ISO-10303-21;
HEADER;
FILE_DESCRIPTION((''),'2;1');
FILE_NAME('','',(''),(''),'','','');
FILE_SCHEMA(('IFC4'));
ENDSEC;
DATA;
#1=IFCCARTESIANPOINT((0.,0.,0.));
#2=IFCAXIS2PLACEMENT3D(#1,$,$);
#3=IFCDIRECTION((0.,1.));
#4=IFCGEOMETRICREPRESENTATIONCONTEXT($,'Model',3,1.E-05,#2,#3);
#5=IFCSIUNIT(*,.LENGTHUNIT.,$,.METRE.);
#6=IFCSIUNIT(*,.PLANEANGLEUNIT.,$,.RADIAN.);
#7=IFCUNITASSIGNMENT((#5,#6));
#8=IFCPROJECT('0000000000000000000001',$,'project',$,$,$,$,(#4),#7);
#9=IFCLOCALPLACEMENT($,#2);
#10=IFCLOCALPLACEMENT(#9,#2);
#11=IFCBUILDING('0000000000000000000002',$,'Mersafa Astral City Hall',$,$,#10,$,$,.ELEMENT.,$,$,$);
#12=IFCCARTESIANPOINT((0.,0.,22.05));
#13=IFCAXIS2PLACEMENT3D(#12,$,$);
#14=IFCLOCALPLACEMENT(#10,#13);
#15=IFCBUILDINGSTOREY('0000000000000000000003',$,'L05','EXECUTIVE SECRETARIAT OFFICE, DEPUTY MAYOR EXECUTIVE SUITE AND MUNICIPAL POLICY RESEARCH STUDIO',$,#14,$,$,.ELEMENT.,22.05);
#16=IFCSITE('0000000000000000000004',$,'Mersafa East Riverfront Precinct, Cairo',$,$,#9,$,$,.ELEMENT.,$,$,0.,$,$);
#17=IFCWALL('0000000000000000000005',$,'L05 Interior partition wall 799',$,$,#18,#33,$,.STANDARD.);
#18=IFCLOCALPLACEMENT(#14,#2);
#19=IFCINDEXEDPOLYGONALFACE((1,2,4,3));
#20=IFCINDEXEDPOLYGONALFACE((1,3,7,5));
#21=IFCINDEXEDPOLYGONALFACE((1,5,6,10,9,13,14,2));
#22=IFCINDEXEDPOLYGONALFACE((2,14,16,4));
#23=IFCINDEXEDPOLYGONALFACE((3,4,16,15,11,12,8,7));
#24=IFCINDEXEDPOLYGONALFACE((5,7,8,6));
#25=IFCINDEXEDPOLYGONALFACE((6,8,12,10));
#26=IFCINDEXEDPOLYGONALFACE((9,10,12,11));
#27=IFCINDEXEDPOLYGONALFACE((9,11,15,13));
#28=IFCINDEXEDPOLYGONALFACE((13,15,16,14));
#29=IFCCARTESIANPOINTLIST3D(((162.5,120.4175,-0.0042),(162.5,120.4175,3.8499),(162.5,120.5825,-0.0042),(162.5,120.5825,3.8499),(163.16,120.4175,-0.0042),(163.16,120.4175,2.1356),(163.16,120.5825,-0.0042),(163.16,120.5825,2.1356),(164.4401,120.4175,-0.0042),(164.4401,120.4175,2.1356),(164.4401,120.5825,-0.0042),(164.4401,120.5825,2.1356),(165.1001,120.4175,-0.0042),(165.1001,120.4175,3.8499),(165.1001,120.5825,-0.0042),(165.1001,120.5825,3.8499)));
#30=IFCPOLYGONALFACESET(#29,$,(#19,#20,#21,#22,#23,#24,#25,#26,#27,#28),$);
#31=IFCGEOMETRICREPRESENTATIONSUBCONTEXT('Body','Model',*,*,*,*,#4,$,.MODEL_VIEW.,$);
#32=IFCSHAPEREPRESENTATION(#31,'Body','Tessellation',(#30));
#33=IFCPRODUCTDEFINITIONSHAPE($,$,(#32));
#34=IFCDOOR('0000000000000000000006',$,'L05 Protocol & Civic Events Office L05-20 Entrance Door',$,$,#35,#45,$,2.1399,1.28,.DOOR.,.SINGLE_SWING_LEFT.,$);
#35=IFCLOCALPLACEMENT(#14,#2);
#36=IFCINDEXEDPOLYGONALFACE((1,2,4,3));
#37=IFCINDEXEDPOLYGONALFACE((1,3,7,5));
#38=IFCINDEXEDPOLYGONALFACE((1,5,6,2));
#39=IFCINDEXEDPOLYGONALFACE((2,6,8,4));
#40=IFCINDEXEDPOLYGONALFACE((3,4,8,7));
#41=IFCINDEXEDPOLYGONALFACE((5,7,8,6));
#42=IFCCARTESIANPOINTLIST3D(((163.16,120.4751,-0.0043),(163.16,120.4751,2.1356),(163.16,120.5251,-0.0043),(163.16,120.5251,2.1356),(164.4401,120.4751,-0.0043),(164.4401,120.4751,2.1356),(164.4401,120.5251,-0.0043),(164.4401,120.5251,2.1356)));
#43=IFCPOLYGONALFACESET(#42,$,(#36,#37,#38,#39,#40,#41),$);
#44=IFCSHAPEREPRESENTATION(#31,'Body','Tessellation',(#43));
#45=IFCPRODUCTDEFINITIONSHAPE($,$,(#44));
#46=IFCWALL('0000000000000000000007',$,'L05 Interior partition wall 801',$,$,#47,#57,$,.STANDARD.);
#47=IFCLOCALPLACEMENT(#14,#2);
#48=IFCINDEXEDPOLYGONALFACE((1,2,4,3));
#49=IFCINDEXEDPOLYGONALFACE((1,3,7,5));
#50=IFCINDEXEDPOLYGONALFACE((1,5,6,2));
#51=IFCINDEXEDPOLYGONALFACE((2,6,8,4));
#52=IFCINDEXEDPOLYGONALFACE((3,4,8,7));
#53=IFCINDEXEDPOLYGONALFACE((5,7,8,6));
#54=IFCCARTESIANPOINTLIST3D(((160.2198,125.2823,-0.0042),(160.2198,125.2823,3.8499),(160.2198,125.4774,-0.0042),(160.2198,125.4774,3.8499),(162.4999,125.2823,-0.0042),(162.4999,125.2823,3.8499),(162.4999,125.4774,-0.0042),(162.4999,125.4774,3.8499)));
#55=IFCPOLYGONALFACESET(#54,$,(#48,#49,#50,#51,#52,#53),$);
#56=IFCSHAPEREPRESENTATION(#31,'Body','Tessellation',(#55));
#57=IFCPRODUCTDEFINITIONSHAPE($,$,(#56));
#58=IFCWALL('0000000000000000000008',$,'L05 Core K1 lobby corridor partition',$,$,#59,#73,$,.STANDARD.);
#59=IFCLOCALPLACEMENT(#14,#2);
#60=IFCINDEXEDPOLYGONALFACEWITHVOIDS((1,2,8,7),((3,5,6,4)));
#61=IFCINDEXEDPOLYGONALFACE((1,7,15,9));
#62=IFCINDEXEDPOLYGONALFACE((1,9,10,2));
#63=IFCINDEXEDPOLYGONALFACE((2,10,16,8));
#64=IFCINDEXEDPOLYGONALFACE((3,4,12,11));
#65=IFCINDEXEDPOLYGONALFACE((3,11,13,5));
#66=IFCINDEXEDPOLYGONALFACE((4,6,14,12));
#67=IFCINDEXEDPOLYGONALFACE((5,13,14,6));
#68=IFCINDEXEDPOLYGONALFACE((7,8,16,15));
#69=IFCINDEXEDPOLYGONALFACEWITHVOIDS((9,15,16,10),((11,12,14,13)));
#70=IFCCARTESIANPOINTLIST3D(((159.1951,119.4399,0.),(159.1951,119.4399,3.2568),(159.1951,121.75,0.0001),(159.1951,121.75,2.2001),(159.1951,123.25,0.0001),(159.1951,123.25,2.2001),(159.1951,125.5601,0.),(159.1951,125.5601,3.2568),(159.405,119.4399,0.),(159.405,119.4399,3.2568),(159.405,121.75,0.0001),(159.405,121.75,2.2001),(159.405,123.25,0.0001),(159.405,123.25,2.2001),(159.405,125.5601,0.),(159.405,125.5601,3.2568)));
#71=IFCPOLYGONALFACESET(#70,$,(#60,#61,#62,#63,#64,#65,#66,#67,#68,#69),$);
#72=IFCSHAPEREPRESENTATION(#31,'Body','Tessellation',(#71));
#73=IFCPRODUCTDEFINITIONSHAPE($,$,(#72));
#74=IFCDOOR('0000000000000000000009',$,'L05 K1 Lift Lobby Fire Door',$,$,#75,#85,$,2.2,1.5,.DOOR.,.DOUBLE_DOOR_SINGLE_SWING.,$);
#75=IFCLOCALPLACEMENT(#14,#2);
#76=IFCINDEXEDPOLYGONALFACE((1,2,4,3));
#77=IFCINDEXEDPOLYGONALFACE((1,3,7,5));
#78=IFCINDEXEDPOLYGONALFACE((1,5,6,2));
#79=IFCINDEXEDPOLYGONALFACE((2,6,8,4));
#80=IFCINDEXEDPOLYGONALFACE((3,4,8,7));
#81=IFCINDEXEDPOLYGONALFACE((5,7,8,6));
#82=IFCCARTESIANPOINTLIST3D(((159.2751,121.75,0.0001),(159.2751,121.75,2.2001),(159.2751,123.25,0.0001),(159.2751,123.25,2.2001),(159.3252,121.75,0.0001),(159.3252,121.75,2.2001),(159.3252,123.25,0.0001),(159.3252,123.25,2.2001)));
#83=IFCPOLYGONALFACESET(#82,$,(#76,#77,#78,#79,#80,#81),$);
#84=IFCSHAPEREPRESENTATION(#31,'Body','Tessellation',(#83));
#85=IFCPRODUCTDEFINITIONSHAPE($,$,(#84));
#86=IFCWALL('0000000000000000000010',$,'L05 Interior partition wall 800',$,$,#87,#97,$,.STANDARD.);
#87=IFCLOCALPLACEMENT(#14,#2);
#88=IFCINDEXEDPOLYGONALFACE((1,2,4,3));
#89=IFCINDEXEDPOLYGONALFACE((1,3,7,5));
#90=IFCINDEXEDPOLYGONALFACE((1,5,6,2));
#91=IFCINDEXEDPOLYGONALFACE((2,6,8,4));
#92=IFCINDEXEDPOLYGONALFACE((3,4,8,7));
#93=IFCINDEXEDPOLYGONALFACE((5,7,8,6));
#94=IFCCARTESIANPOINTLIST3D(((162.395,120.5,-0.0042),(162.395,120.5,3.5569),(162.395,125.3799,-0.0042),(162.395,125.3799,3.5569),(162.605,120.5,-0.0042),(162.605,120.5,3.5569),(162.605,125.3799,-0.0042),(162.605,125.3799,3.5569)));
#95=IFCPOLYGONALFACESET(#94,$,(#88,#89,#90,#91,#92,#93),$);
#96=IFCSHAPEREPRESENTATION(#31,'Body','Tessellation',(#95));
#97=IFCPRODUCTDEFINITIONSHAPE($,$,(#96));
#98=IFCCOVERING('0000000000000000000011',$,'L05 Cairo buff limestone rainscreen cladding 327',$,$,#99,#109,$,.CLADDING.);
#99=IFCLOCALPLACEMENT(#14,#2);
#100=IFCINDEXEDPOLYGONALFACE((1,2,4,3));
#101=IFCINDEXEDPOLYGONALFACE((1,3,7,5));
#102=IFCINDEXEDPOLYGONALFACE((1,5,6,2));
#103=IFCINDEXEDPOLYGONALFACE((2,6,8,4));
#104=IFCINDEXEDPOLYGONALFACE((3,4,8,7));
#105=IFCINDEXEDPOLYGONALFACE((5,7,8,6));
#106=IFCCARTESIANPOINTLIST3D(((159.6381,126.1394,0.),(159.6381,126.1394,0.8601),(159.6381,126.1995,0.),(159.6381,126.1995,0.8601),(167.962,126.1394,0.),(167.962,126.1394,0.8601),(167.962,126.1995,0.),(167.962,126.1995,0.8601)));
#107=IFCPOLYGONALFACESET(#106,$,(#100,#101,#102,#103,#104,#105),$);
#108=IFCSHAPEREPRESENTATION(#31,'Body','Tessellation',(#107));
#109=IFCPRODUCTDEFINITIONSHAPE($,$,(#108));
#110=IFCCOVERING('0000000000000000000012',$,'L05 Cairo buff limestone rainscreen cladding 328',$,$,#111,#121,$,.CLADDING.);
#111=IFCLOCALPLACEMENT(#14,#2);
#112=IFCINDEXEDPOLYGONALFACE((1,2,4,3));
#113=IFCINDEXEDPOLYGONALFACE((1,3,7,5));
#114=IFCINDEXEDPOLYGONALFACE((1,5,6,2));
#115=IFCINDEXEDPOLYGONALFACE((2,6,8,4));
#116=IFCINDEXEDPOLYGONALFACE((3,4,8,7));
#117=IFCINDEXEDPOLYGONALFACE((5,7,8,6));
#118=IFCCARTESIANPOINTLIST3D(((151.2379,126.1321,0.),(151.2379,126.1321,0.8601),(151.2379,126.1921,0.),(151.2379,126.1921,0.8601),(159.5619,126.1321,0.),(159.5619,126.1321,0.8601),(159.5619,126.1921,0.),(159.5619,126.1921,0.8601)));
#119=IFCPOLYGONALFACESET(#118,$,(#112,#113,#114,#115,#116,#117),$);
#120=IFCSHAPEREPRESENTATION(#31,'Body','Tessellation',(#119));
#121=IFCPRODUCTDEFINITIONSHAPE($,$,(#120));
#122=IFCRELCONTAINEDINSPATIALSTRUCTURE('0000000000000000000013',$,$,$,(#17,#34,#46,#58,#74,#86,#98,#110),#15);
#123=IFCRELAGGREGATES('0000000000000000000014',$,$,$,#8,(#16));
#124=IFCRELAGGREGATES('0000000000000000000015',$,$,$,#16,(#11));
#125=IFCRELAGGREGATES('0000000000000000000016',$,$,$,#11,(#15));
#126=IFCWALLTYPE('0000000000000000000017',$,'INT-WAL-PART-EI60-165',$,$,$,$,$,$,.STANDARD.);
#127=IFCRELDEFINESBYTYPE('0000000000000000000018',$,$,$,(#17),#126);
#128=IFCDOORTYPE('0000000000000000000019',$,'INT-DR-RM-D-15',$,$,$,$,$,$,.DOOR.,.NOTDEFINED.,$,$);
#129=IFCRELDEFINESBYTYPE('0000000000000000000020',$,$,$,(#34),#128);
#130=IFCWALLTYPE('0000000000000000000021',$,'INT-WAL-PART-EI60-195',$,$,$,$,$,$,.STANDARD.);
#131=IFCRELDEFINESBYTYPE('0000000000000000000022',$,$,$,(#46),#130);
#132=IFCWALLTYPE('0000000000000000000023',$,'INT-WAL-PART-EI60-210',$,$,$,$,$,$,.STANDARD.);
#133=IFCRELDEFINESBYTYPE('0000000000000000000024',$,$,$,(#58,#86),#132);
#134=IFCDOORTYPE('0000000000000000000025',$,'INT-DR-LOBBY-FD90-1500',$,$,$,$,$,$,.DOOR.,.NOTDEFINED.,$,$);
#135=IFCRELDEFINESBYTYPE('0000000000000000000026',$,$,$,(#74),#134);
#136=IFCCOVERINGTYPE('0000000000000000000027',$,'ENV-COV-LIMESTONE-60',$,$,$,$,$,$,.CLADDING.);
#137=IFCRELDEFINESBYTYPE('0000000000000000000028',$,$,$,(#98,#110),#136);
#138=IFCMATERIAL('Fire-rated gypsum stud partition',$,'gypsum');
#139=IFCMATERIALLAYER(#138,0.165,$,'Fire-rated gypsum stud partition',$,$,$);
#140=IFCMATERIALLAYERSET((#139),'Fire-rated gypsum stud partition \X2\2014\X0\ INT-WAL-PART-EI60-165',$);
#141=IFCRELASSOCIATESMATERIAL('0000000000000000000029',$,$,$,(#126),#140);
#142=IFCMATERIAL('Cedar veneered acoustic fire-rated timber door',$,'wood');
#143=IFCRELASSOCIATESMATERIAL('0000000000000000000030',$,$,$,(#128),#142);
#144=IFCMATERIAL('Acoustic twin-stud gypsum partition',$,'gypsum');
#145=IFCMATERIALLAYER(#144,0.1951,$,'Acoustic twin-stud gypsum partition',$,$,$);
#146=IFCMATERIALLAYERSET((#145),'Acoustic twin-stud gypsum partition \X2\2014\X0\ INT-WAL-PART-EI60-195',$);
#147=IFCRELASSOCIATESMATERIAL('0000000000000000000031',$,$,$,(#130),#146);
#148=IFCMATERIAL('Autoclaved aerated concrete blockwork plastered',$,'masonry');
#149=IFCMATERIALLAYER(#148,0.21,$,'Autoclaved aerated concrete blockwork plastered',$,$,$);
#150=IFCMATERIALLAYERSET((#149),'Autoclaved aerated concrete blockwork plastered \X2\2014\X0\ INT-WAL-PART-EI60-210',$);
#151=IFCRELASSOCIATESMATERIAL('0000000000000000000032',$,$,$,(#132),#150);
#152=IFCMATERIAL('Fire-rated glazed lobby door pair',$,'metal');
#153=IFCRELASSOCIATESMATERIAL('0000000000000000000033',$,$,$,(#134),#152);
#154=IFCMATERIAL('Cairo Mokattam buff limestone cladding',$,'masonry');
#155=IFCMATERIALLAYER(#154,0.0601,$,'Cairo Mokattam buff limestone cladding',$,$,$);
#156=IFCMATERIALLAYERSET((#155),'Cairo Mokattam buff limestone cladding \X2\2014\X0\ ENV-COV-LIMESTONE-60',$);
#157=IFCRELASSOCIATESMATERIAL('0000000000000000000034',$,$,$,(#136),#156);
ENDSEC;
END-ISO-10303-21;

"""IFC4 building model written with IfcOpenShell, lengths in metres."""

from ifc_helpers import new_model, si_unit, direction, frame, frame_2d, origin, origin_2d, place, context, subcontext, project, spatial, rectangle, extrude, material, layer, layer_set, type_object, element, fill, save


model = new_model("IFC4")

# Units and contexts
model_context = context("Model", 3, precision=1e-05, world=origin(), true_north=direction((0.0, 1.0)))
body_context = subcontext(model_context, "Body", "Model", "MODEL_VIEW")
ifc_project = project(units=[si_unit("LENGTHUNIT", "METRE"), si_unit("PLANEANGLEUNIT", "RADIAN")], contexts=[model_context])

# Site, building, storey
site_placement = place(None, origin())
site = spatial("IfcSite", under=ifc_project, at=site_placement, Name="Mersafa East Riverfront Precinct, Cairo", CompositionType="ELEMENT", RefElevation=0.0)
building_placement = place(site_placement, origin())
building = spatial("IfcBuilding", under=site, at=building_placement, Name="Mersafa Astral City Hall", CompositionType="ELEMENT")
storey_placement = place(building_placement, frame((0.0, 0.0, 22.05)))
storey = spatial("IfcBuildingStorey", under=building, at=storey_placement, Name="L05", Description="EXECUTIVE SECRETARIAT OFFICE, DEPUTY MAYOR EXECUTIVE SUITE AND MUNICIPAL POLICY RESEARCH STUDIO", CompositionType="ELEMENT", Elevation=22.05)

# Wall, opening, door
ifc_material_1 = material(Name="Fire-rated gypsum stud partition", Category="gypsum")
ifc_layer_1 = layer(ifc_material_1, 0.165, Name="Fire-rated gypsum stud partition")
ifc_layer_set_1 = layer_set([ifc_layer_1], Name="Fire-rated gypsum stud partition — INT-WAL-PART-EI60-165")
wall_type_1 = type_object("IfcWallType", Name="INT-WAL-PART-EI60-165", PredefinedType="STANDARD", material=ifc_layer_set_1)
wall_1_placement = place(storey_placement, frame((165.1001, 120.5, -0.0042), z_axis=(0.0, 0.0, 1.0), x_axis=(-1.0, 0.0, 0.0)))
wall_1 = element("IfcWall", 1, at=wall_1_placement, inside=storey, type_object=wall_type_1, Name="L05 Interior partition wall 799", PredefinedType="STANDARD", context=body_context, shape_type="SweptSolid", body=[
    extrude(rectangle(XDim=2.6001, YDim=0.165, at=frame_2d((1.3, 0.0))), origin(), (0.0, 0.0, 1.0), 3.854),
])
opening_1_placement = place(wall_1_placement, frame((0.6599, 0.0, 0.0)))
opening_1 = element("IfcOpeningElement", 2, at=opening_1_placement, cuts=wall_1, PredefinedType="OPENING", context=body_context, shape_type="SweptSolid", body=[
    extrude(rectangle(XDim=1.28, YDim=2.1399, at=frame_2d((0.6401, 1.0698))), frame((0.0, 0.0925, 0.0), z_axis=(0.0, -1.0, 0.0), x_axis=(1.0, 0.0, 0.0)), (0.0, 0.0, 1.0), 0.1851),
])
ifc_material_2 = material(Name="Cedar veneered acoustic fire-rated timber door", Category="wood")
door_type_1 = type_object("IfcDoorType", Name="INT-DR-RM-D-15", OperationType="NOTDEFINED", PredefinedType="DOOR", material=ifc_material_2)
door_1_placement = place(opening_1_placement, origin())
door_1 = element("IfcDoor", 3, at=door_1_placement, inside=storey, type_object=door_type_1, Name="L05 Protocol & Civic Events Office L05-20 Entrance Door", OperationType="SINGLE_SWING_LEFT", OverallHeight=2.1399, OverallWidth=1.28, PredefinedType="DOOR", context=body_context, shape_type="SweptSolid", body=[
    extrude(rectangle(XDim=1.28, YDim=2.1399, at=frame_2d((0.6401, 1.0698))), frame((0.0, 0.0249, 0.0), z_axis=(0.0, -1.0, 0.0), x_axis=(1.0, 0.0, 0.0)), (0.0, 0.0, 1.0), 0.05),
])
fill(opening_1, door_1)

# Wall
ifc_material_3 = material(Name="Acoustic twin-stud gypsum partition", Category="gypsum")
ifc_layer_2 = layer(ifc_material_3, 0.1951, Name="Acoustic twin-stud gypsum partition")
ifc_layer_set_2 = layer_set([ifc_layer_2], Name="Acoustic twin-stud gypsum partition — INT-WAL-PART-EI60-195")
wall_type_2 = type_object("IfcWallType", Name="INT-WAL-PART-EI60-195", PredefinedType="STANDARD", material=ifc_layer_set_2)
wall_2_placement = place(storey_placement, frame((162.5, 125.3799, -0.0042), z_axis=(0.0, 0.0, 1.0), x_axis=(-1.0, 0.0, 0.0)))
element("IfcWall", 4, at=wall_2_placement, inside=storey, type_object=wall_type_2, Name="L05 Interior partition wall 801", PredefinedType="STANDARD", context=body_context, shape_type="SweptSolid", body=[
    extrude(rectangle(XDim=2.28, YDim=0.1951, at=frame_2d((1.1401, 0.0))), origin(), (0.0, 0.0, 1.0), 3.854),
])

# Wall, opening, door
ifc_material_4 = material(Name="Autoclaved aerated concrete blockwork plastered", Category="masonry")
ifc_layer_3 = layer(ifc_material_4, 0.21, Name="Autoclaved aerated concrete blockwork plastered")
ifc_layer_set_3 = layer_set([ifc_layer_3], Name="Autoclaved aerated concrete blockwork plastered — INT-WAL-PART-EI60-210")
wall_type_3 = type_object("IfcWallType", Name="INT-WAL-PART-EI60-210", PredefinedType="STANDARD", material=ifc_layer_set_3)
wall_3_placement = place(storey_placement, frame((159.3, 119.4399, 0.0), z_axis=(0.0, 0.0, 1.0), x_axis=(0.0, 1.0, 0.0)))
wall_3 = element("IfcWall", 5, at=wall_3_placement, inside=storey, type_object=wall_type_3, Name="L05 Core K1 lobby corridor partition", PredefinedType="STANDARD", context=body_context, shape_type="SweptSolid", body=[
    extrude(rectangle(XDim=6.1201, YDim=0.21, at=frame_2d((3.0601, 0.0))), origin(), (0.0, 0.0, 1.0), 3.2568),
])
opening_2_placement = place(wall_3_placement, frame((2.3101, 0.0, 0.0)))
opening_2 = element("IfcOpeningElement", 6, at=opening_2_placement, cuts=wall_3, PredefinedType="OPENING", context=body_context, shape_type="SweptSolid", body=[
    extrude(rectangle(XDim=1.5, YDim=2.2, at=frame_2d((0.75, 1.1001))), frame((0.0, 0.115, 0.0), z_axis=(0.0, -1.0, 0.0), x_axis=(1.0, 0.0, 0.0)), (0.0, 0.0, 1.0), 0.23),
])
ifc_material_5 = material(Name="Fire-rated glazed lobby door pair", Category="metal")
door_type_2 = type_object("IfcDoorType", Name="INT-DR-LOBBY-FD90-1500", OperationType="NOTDEFINED", PredefinedType="DOOR", material=ifc_material_5)
door_2_placement = place(opening_2_placement, origin())
door_2 = element("IfcDoor", 7, at=door_2_placement, inside=storey, type_object=door_type_2, Name="L05 K1 Lift Lobby Fire Door", OperationType="DOUBLE_DOOR_SINGLE_SWING", OverallHeight=2.2, OverallWidth=1.5, PredefinedType="DOOR", context=body_context, shape_type="SweptSolid", body=[
    extrude(rectangle(XDim=1.5, YDim=2.2, at=frame_2d((0.75, 1.1001))), frame((0.0, 0.0249, 0.0), z_axis=(0.0, -1.0, 0.0), x_axis=(1.0, 0.0, 0.0)), (0.0, 0.0, 1.0), 0.05),
])
fill(opening_2, door_2)

# Wall
wall_4_placement = place(storey_placement, frame((162.5, 120.5, -0.0042), z_axis=(0.0, 0.0, 1.0), x_axis=(0.0, 1.0, 0.0)))
element("IfcWall", 8, at=wall_4_placement, inside=storey, type_object=wall_type_3, Name="L05 Interior partition wall 800", PredefinedType="STANDARD", context=body_context, shape_type="SweptSolid", body=[
    extrude(rectangle(XDim=4.8799, YDim=0.21, at=frame_2d((2.4399, 0.0))), origin(), (0.0, 0.0, 1.0), 3.561),
])

# Coverings
ifc_material_6 = material(Name="Cairo Mokattam buff limestone cladding", Category="masonry")
ifc_layer_4 = layer(ifc_material_6, 0.0601, Name="Cairo Mokattam buff limestone cladding")
ifc_layer_set_4 = layer_set([ifc_layer_4], Name="Cairo Mokattam buff limestone cladding — ENV-COV-LIMESTONE-60")
covering_type = type_object("IfcCoveringType", Name="ENV-COV-LIMESTONE-60", PredefinedType="CLADDING", material=ifc_layer_set_4)
for number, where, z_axis, x_axis, name in (
    (9, (163.8, 126.1694, 0.0), (0.0, 0.0, 1.0), (-1.0, 0.0, 0.0), "L05 Cairo buff limestone rainscreen cladding 327"),
    (10, (155.3999, 126.1621, 0.0), (0.0, 0.0, 1.0), (-1.0, 0.0, 0.0), "L05 Cairo buff limestone rainscreen cladding 328"),
):
    element("IfcCovering", number, at=place(storey_placement, frame(where, z_axis=z_axis, x_axis=x_axis)), inside=storey, type_object=covering_type, Name=name, PredefinedType="CLADDING", context=body_context, shape_type="SweptSolid", body=[
        extrude(rectangle(XDim=8.324, YDim=0.0601, at=origin_2d()), origin(), (0.0, 0.0, 1.0), 0.8601),
    ])

save(model, "model.ifc")
